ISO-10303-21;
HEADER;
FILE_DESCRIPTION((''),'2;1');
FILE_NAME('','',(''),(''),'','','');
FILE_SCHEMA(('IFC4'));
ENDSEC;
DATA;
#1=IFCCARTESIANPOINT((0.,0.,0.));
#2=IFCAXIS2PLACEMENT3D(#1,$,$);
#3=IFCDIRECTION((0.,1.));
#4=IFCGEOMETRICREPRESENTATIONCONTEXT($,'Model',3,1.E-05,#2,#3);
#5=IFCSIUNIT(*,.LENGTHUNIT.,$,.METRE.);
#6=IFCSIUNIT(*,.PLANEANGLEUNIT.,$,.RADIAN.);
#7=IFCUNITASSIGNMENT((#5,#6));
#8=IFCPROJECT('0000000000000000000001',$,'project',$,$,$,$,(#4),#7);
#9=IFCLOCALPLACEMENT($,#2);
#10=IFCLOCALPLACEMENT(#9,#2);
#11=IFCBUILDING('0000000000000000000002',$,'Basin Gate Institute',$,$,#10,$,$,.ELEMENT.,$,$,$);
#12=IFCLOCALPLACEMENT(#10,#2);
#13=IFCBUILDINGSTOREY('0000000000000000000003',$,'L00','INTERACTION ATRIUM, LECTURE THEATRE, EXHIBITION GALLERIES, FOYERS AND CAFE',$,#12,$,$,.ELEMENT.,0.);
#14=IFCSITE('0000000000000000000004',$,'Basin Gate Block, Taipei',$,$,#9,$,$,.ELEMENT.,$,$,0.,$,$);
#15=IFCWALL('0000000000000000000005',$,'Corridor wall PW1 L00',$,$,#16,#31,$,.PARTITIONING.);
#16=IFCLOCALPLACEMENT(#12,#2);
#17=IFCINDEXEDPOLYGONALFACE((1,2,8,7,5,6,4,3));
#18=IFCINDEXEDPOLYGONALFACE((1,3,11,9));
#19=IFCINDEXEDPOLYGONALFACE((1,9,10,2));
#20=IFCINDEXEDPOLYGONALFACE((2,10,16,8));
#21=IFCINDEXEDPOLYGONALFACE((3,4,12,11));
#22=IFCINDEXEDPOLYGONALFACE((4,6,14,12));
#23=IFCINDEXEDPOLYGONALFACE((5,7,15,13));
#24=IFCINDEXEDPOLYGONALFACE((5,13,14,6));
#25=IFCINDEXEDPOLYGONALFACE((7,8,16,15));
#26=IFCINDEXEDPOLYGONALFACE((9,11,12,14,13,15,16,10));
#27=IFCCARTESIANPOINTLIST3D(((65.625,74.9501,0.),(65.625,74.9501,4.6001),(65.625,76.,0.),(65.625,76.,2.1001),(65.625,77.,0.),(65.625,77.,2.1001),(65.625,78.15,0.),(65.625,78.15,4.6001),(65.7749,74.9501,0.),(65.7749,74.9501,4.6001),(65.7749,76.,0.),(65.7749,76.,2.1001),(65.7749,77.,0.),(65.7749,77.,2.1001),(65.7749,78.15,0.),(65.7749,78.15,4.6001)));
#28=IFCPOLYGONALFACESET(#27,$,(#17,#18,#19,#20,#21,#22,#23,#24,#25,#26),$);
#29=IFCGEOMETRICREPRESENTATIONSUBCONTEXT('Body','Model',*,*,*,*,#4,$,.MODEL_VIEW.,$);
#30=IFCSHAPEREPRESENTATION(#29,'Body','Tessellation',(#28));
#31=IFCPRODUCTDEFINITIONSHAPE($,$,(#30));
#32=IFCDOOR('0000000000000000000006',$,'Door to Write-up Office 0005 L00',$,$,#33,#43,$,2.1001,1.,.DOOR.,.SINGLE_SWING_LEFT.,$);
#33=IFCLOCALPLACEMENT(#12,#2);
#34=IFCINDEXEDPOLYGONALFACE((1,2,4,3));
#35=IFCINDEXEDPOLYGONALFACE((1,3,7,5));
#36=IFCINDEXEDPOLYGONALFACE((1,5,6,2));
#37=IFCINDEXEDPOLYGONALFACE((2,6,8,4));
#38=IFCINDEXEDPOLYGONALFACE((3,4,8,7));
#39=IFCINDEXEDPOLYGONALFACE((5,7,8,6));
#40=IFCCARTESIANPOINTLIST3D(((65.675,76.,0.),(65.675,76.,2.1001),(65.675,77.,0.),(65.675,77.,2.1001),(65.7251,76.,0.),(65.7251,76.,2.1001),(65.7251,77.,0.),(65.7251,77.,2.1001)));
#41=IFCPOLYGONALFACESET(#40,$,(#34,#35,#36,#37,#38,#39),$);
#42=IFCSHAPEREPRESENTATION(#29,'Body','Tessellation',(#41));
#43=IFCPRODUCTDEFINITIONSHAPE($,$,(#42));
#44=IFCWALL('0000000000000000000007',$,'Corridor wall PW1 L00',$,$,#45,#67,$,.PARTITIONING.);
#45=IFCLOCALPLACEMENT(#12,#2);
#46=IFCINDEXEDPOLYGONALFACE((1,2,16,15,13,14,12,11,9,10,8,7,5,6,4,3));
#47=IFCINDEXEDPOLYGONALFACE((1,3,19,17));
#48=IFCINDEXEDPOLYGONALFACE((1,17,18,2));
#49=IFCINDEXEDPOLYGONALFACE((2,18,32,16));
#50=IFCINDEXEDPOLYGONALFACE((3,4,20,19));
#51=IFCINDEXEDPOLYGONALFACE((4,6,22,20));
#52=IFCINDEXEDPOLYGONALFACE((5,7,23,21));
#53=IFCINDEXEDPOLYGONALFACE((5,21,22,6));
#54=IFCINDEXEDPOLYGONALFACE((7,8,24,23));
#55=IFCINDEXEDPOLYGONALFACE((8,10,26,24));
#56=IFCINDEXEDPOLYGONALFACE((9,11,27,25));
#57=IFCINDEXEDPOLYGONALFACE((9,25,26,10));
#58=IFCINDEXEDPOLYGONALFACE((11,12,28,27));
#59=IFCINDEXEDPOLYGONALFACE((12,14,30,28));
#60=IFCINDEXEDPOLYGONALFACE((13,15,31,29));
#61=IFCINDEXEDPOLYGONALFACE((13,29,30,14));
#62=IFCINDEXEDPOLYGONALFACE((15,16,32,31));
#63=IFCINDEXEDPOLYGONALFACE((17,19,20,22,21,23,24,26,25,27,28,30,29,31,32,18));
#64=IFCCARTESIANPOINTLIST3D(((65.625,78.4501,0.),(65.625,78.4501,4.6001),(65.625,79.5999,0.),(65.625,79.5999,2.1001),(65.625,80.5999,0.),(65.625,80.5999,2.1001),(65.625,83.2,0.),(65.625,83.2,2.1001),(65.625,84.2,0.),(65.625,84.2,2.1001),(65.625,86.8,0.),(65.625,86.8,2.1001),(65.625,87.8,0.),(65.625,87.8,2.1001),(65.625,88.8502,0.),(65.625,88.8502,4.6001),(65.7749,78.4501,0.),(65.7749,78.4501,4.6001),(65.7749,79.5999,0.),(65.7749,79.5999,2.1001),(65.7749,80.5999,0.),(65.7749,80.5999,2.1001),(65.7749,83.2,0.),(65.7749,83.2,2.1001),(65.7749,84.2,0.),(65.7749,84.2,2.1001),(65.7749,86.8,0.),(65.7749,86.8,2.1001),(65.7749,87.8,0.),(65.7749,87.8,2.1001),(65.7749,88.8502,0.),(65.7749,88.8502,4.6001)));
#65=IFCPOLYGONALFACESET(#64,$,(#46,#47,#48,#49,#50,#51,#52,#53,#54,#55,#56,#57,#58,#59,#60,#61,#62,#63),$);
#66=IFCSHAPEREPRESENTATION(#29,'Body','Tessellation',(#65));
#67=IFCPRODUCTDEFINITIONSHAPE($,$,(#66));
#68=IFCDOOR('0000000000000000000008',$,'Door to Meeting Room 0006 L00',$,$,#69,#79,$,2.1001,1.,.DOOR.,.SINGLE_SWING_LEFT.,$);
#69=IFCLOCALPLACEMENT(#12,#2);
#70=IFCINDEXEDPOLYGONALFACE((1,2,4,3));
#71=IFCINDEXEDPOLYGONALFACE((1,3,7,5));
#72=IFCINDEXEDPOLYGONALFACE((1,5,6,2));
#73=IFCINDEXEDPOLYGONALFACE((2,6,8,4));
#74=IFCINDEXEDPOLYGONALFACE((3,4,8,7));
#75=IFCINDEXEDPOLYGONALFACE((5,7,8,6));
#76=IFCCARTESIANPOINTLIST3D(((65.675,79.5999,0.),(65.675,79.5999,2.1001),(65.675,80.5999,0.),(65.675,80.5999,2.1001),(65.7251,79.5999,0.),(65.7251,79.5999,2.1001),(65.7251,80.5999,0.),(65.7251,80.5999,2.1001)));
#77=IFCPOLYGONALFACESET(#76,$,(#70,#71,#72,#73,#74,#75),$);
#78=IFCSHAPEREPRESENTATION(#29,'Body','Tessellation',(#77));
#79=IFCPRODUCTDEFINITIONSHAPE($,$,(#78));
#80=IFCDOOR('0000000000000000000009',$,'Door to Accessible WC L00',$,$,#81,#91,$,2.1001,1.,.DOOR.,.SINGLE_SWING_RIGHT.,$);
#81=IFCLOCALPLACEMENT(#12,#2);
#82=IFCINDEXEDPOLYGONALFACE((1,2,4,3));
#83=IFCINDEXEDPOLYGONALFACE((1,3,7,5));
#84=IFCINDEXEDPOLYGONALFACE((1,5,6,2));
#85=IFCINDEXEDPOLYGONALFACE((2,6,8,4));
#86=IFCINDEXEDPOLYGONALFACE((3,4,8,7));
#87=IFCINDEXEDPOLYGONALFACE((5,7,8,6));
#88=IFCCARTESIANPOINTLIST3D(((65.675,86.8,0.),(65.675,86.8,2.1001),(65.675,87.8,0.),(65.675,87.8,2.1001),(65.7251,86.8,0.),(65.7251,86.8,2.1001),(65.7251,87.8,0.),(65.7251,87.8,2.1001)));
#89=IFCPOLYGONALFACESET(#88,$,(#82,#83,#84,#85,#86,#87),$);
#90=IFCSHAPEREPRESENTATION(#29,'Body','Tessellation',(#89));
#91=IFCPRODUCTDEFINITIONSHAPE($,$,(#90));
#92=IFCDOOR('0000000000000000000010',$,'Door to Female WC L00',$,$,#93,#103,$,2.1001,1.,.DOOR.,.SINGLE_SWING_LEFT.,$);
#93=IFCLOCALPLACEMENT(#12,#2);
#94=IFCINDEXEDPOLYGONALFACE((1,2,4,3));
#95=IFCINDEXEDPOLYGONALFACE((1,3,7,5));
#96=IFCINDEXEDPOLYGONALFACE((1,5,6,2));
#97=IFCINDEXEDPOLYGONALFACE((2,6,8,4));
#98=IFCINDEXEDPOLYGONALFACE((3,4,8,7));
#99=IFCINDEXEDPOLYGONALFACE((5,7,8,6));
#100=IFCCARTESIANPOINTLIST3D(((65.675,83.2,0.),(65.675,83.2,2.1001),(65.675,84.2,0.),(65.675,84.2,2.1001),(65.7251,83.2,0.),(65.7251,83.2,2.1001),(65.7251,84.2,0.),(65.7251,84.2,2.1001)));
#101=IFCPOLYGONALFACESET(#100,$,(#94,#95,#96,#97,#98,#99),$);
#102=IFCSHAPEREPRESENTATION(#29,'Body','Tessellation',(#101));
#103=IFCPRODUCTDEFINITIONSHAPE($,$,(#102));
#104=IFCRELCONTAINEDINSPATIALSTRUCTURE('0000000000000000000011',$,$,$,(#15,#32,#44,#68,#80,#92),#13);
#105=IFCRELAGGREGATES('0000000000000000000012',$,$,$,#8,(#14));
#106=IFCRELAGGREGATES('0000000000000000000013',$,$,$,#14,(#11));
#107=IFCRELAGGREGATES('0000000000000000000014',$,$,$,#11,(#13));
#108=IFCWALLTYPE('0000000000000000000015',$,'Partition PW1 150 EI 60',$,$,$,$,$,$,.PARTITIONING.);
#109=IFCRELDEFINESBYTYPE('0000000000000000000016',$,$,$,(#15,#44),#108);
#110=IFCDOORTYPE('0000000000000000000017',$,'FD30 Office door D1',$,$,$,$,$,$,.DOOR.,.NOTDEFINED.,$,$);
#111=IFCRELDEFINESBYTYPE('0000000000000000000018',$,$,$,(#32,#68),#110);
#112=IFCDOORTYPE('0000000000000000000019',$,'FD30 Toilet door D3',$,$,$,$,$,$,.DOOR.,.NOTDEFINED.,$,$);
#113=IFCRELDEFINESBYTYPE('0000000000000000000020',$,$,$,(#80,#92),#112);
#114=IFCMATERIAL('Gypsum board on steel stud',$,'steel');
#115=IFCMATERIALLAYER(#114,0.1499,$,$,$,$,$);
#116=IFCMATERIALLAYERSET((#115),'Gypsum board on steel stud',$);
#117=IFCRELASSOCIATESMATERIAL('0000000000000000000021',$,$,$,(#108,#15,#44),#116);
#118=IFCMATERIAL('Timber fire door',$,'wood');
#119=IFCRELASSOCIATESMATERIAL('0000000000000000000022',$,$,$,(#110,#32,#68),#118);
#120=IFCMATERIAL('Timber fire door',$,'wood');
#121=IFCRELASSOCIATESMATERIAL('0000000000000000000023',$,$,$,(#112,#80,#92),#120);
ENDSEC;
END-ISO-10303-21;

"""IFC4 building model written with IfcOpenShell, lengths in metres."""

from ifc_helpers import new_model, si_unit, direction, frame, frame_2d, origin, place, context, subcontext, project, spatial, rectangle, extrude, material, layer, layer_set, type_object, element, fill, save


model = new_model("IFC4")

# Units and contexts
model_context = context("Model", 3, precision=1e-05, world=origin(), true_north=direction((0.0, 1.0)))
body_context = subcontext(model_context, "Body", "Model", "MODEL_VIEW")
ifc_project = project(units=[si_unit("LENGTHUNIT", "METRE"), si_unit("PLANEANGLEUNIT", "RADIAN")], contexts=[model_context])

# Site, building, storey
site_placement = place(None, origin())
site = spatial("IfcSite", under=ifc_project, at=site_placement, Name="Basin Gate Block, Taipei", CompositionType="ELEMENT", RefElevation=0.0)
building_placement = place(site_placement, origin())
building = spatial("IfcBuilding", under=site, at=building_placement, Name="Basin Gate Institute", CompositionType="ELEMENT")
storey_placement = place(building_placement, origin())
storey = spatial("IfcBuildingStorey", under=building, at=storey_placement, Name="L00", Description="INTERACTION ATRIUM, LECTURE THEATRE, EXHIBITION GALLERIES, FOYERS AND CAFE", CompositionType="ELEMENT", Elevation=0.0)

# Wall, opening, door
ifc_material_1 = material(Name="Gypsum board on steel stud", Category="steel")
ifc_layer_1 = layer(ifc_material_1, 0.1499)
ifc_layer_set_1 = layer_set([ifc_layer_1], Name="Gypsum board on steel stud")
wall_type_1 = type_object("IfcWallType", Name="Partition PW1 150 EI 60", PredefinedType="PARTITIONING", material=ifc_layer_set_1)
wall_1_placement = place(storey_placement, frame((65.7, 74.95, 0.0), z_axis=(0.0, 0.0, 1.0), x_axis=(0.0, 1.0, 0.0)))
wall_1 = element("IfcWall", 1, at=wall_1_placement, inside=storey, type_object=wall_type_1, material=ifc_layer_set_1, Name="Corridor wall PW1 L00", PredefinedType="PARTITIONING", context=body_context, shape_type="SweptSolid", body=[
    extrude(rectangle(XDim=3.2, YDim=0.1499, at=frame_2d((1.6001, 0.0))), origin(), (0.0, 0.0, 1.0), 4.6001),
])
opening_1_placement = place(wall_1_placement, frame((1.05, 0.0, 0.0)))
opening_1 = element("IfcOpeningElement", 2, at=opening_1_placement, cuts=wall_1, PredefinedType="OPENING", context=body_context, shape_type="SweptSolid", body=[
    extrude(rectangle(XDim=1.0, YDim=2.1001, at=frame_2d((0.5, 1.05))), frame((0.0, 0.085, 0.0), z_axis=(0.0, -1.0, 0.0), x_axis=(1.0, 0.0, 0.0)), (0.0, 0.0, 1.0), 0.1699),
])
ifc_material_2 = material(Name="Timber fire door", Category="wood")
door_type_1 = type_object("IfcDoorType", Name="FD30 Office door D1", OperationType="NOTDEFINED", PredefinedType="DOOR", material=ifc_material_2)
door_1_placement = place(opening_1_placement, origin())
door_1 = element("IfcDoor", 3, at=door_1_placement, inside=storey, type_object=door_type_1, material=ifc_material_2, Name="Door to Write-up Office 0005 L00", OperationType="SINGLE_SWING_LEFT", OverallHeight=2.1001, OverallWidth=1.0, PredefinedType="DOOR", context=body_context, shape_type="SweptSolid", body=[
    extrude(rectangle(XDim=1.0, YDim=2.1001, at=frame_2d((0.5, 1.05))), frame((0.0, 0.0249, 0.0), z_axis=(0.0, -1.0, 0.0), x_axis=(1.0, 0.0, 0.0)), (0.0, 0.0, 1.0), 0.05),
])
fill(opening_1, door_1)

# Wall, openings, doors
wall_2_placement = place(storey_placement, frame((65.7, 78.45, 0.0), z_axis=(0.0, 0.0, 1.0), x_axis=(0.0, 1.0, 0.0)))
wall_2 = element("IfcWall", 4, at=wall_2_placement, inside=storey, type_object=wall_type_1, material=ifc_layer_set_1, Name="Corridor wall PW1 L00", PredefinedType="PARTITIONING", context=body_context, shape_type="SweptSolid", body=[
    extrude(rectangle(XDim=10.4001, YDim=0.1499, at=frame_2d((5.2002, 0.0))), origin(), (0.0, 0.0, 1.0), 4.6001),
])
opening_2_placement = place(wall_2_placement, frame((8.3501, 0.0, 0.0)))
opening_2 = element("IfcOpeningElement", 5, at=opening_2_placement, cuts=wall_2, PredefinedType="OPENING", context=body_context, shape_type="SweptSolid", body=[
    extrude(rectangle(XDim=1.0, YDim=2.1001, at=frame_2d((0.5, 1.05))), frame((0.0, 0.085, 0.0), z_axis=(0.0, -1.0, 0.0), x_axis=(1.0, 0.0, 0.0)), (0.0, 0.0, 1.0), 0.1699),
])
opening_3_placement = place(wall_2_placement, frame((4.75, 0.0, 0.0)))
opening_3 = element("IfcOpeningElement", 6, at=opening_3_placement, cuts=wall_2, PredefinedType="OPENING", context=body_context, shape_type="SweptSolid", body=[
    extrude(rectangle(XDim=1.0, YDim=2.1001, at=frame_2d((0.5, 1.05))), frame((0.0, 0.085, 0.0), z_axis=(0.0, -1.0, 0.0), x_axis=(1.0, 0.0, 0.0)), (0.0, 0.0, 1.0), 0.1699),
])
opening_4_placement = place(wall_2_placement, frame((1.1499, 0.0, 0.0)))
opening_4 = element("IfcOpeningElement", 7, at=opening_4_placement, cuts=wall_2, PredefinedType="OPENING", context=body_context, shape_type="SweptSolid", body=[
    extrude(rectangle(XDim=1.0, YDim=2.1001, at=frame_2d((0.5, 1.05))), frame((0.0, 0.085, 0.0), z_axis=(0.0, -1.0, 0.0), x_axis=(1.0, 0.0, 0.0)), (0.0, 0.0, 1.0), 0.1699),
])
door_2_placement = place(opening_4_placement, origin())
door_2 = element("IfcDoor", 8, at=door_2_placement, inside=storey, type_object=door_type_1, material=ifc_material_2, Name="Door to Meeting Room 0006 L00", OperationType="SINGLE_SWING_LEFT", OverallHeight=2.1001, OverallWidth=1.0, PredefinedType="DOOR", context=body_context, shape_type="SweptSolid", body=[
    extrude(rectangle(XDim=1.0, YDim=2.1001, at=frame_2d((0.5, 1.05))), frame((0.0, 0.0249, 0.0), z_axis=(0.0, -1.0, 0.0), x_axis=(1.0, 0.0, 0.0)), (0.0, 0.0, 1.0), 0.05),
])
fill(opening_4, door_2)
ifc_material_3 = material(Name="Timber fire door", Category="wood")
door_type_2 = type_object("IfcDoorType", Name="FD30 Toilet door D3", OperationType="NOTDEFINED", PredefinedType="DOOR", material=ifc_material_3)
door_3_placement = place(opening_2_placement, origin())
door_3 = element("IfcDoor", 9, at=door_3_placement, inside=storey, type_object=door_type_2, material=ifc_material_3, Name="Door to Accessible WC L00", OperationType="SINGLE_SWING_RIGHT", OverallHeight=2.1001, OverallWidth=1.0, PredefinedType="DOOR", context=body_context, shape_type="SweptSolid", body=[
    extrude(rectangle(XDim=1.0, YDim=2.1001, at=frame_2d((0.5, 1.05))), frame((0.0, 0.0249, 0.0), z_axis=(0.0, -1.0, 0.0), x_axis=(1.0, 0.0, 0.0)), (0.0, 0.0, 1.0), 0.05),
])
fill(opening_2, door_3)
door_4_placement = place(opening_3_placement, origin())
door_4 = element("IfcDoor", 10, at=door_4_placement, inside=storey, type_object=door_type_2, material=ifc_material_3, Name="Door to Female WC L00", OperationType="SINGLE_SWING_LEFT", OverallHeight=2.1001, OverallWidth=1.0, PredefinedType="DOOR", context=body_context, shape_type="SweptSolid", body=[
    extrude(rectangle(XDim=1.0, YDim=2.1001, at=frame_2d((0.5, 1.05))), frame((0.0, 0.0249, 0.0), z_axis=(0.0, -1.0, 0.0), x_axis=(1.0, 0.0, 0.0)), (0.0, 0.0, 1.0), 0.05),
])
fill(opening_3, door_4)

save(model, "model.ifc")
